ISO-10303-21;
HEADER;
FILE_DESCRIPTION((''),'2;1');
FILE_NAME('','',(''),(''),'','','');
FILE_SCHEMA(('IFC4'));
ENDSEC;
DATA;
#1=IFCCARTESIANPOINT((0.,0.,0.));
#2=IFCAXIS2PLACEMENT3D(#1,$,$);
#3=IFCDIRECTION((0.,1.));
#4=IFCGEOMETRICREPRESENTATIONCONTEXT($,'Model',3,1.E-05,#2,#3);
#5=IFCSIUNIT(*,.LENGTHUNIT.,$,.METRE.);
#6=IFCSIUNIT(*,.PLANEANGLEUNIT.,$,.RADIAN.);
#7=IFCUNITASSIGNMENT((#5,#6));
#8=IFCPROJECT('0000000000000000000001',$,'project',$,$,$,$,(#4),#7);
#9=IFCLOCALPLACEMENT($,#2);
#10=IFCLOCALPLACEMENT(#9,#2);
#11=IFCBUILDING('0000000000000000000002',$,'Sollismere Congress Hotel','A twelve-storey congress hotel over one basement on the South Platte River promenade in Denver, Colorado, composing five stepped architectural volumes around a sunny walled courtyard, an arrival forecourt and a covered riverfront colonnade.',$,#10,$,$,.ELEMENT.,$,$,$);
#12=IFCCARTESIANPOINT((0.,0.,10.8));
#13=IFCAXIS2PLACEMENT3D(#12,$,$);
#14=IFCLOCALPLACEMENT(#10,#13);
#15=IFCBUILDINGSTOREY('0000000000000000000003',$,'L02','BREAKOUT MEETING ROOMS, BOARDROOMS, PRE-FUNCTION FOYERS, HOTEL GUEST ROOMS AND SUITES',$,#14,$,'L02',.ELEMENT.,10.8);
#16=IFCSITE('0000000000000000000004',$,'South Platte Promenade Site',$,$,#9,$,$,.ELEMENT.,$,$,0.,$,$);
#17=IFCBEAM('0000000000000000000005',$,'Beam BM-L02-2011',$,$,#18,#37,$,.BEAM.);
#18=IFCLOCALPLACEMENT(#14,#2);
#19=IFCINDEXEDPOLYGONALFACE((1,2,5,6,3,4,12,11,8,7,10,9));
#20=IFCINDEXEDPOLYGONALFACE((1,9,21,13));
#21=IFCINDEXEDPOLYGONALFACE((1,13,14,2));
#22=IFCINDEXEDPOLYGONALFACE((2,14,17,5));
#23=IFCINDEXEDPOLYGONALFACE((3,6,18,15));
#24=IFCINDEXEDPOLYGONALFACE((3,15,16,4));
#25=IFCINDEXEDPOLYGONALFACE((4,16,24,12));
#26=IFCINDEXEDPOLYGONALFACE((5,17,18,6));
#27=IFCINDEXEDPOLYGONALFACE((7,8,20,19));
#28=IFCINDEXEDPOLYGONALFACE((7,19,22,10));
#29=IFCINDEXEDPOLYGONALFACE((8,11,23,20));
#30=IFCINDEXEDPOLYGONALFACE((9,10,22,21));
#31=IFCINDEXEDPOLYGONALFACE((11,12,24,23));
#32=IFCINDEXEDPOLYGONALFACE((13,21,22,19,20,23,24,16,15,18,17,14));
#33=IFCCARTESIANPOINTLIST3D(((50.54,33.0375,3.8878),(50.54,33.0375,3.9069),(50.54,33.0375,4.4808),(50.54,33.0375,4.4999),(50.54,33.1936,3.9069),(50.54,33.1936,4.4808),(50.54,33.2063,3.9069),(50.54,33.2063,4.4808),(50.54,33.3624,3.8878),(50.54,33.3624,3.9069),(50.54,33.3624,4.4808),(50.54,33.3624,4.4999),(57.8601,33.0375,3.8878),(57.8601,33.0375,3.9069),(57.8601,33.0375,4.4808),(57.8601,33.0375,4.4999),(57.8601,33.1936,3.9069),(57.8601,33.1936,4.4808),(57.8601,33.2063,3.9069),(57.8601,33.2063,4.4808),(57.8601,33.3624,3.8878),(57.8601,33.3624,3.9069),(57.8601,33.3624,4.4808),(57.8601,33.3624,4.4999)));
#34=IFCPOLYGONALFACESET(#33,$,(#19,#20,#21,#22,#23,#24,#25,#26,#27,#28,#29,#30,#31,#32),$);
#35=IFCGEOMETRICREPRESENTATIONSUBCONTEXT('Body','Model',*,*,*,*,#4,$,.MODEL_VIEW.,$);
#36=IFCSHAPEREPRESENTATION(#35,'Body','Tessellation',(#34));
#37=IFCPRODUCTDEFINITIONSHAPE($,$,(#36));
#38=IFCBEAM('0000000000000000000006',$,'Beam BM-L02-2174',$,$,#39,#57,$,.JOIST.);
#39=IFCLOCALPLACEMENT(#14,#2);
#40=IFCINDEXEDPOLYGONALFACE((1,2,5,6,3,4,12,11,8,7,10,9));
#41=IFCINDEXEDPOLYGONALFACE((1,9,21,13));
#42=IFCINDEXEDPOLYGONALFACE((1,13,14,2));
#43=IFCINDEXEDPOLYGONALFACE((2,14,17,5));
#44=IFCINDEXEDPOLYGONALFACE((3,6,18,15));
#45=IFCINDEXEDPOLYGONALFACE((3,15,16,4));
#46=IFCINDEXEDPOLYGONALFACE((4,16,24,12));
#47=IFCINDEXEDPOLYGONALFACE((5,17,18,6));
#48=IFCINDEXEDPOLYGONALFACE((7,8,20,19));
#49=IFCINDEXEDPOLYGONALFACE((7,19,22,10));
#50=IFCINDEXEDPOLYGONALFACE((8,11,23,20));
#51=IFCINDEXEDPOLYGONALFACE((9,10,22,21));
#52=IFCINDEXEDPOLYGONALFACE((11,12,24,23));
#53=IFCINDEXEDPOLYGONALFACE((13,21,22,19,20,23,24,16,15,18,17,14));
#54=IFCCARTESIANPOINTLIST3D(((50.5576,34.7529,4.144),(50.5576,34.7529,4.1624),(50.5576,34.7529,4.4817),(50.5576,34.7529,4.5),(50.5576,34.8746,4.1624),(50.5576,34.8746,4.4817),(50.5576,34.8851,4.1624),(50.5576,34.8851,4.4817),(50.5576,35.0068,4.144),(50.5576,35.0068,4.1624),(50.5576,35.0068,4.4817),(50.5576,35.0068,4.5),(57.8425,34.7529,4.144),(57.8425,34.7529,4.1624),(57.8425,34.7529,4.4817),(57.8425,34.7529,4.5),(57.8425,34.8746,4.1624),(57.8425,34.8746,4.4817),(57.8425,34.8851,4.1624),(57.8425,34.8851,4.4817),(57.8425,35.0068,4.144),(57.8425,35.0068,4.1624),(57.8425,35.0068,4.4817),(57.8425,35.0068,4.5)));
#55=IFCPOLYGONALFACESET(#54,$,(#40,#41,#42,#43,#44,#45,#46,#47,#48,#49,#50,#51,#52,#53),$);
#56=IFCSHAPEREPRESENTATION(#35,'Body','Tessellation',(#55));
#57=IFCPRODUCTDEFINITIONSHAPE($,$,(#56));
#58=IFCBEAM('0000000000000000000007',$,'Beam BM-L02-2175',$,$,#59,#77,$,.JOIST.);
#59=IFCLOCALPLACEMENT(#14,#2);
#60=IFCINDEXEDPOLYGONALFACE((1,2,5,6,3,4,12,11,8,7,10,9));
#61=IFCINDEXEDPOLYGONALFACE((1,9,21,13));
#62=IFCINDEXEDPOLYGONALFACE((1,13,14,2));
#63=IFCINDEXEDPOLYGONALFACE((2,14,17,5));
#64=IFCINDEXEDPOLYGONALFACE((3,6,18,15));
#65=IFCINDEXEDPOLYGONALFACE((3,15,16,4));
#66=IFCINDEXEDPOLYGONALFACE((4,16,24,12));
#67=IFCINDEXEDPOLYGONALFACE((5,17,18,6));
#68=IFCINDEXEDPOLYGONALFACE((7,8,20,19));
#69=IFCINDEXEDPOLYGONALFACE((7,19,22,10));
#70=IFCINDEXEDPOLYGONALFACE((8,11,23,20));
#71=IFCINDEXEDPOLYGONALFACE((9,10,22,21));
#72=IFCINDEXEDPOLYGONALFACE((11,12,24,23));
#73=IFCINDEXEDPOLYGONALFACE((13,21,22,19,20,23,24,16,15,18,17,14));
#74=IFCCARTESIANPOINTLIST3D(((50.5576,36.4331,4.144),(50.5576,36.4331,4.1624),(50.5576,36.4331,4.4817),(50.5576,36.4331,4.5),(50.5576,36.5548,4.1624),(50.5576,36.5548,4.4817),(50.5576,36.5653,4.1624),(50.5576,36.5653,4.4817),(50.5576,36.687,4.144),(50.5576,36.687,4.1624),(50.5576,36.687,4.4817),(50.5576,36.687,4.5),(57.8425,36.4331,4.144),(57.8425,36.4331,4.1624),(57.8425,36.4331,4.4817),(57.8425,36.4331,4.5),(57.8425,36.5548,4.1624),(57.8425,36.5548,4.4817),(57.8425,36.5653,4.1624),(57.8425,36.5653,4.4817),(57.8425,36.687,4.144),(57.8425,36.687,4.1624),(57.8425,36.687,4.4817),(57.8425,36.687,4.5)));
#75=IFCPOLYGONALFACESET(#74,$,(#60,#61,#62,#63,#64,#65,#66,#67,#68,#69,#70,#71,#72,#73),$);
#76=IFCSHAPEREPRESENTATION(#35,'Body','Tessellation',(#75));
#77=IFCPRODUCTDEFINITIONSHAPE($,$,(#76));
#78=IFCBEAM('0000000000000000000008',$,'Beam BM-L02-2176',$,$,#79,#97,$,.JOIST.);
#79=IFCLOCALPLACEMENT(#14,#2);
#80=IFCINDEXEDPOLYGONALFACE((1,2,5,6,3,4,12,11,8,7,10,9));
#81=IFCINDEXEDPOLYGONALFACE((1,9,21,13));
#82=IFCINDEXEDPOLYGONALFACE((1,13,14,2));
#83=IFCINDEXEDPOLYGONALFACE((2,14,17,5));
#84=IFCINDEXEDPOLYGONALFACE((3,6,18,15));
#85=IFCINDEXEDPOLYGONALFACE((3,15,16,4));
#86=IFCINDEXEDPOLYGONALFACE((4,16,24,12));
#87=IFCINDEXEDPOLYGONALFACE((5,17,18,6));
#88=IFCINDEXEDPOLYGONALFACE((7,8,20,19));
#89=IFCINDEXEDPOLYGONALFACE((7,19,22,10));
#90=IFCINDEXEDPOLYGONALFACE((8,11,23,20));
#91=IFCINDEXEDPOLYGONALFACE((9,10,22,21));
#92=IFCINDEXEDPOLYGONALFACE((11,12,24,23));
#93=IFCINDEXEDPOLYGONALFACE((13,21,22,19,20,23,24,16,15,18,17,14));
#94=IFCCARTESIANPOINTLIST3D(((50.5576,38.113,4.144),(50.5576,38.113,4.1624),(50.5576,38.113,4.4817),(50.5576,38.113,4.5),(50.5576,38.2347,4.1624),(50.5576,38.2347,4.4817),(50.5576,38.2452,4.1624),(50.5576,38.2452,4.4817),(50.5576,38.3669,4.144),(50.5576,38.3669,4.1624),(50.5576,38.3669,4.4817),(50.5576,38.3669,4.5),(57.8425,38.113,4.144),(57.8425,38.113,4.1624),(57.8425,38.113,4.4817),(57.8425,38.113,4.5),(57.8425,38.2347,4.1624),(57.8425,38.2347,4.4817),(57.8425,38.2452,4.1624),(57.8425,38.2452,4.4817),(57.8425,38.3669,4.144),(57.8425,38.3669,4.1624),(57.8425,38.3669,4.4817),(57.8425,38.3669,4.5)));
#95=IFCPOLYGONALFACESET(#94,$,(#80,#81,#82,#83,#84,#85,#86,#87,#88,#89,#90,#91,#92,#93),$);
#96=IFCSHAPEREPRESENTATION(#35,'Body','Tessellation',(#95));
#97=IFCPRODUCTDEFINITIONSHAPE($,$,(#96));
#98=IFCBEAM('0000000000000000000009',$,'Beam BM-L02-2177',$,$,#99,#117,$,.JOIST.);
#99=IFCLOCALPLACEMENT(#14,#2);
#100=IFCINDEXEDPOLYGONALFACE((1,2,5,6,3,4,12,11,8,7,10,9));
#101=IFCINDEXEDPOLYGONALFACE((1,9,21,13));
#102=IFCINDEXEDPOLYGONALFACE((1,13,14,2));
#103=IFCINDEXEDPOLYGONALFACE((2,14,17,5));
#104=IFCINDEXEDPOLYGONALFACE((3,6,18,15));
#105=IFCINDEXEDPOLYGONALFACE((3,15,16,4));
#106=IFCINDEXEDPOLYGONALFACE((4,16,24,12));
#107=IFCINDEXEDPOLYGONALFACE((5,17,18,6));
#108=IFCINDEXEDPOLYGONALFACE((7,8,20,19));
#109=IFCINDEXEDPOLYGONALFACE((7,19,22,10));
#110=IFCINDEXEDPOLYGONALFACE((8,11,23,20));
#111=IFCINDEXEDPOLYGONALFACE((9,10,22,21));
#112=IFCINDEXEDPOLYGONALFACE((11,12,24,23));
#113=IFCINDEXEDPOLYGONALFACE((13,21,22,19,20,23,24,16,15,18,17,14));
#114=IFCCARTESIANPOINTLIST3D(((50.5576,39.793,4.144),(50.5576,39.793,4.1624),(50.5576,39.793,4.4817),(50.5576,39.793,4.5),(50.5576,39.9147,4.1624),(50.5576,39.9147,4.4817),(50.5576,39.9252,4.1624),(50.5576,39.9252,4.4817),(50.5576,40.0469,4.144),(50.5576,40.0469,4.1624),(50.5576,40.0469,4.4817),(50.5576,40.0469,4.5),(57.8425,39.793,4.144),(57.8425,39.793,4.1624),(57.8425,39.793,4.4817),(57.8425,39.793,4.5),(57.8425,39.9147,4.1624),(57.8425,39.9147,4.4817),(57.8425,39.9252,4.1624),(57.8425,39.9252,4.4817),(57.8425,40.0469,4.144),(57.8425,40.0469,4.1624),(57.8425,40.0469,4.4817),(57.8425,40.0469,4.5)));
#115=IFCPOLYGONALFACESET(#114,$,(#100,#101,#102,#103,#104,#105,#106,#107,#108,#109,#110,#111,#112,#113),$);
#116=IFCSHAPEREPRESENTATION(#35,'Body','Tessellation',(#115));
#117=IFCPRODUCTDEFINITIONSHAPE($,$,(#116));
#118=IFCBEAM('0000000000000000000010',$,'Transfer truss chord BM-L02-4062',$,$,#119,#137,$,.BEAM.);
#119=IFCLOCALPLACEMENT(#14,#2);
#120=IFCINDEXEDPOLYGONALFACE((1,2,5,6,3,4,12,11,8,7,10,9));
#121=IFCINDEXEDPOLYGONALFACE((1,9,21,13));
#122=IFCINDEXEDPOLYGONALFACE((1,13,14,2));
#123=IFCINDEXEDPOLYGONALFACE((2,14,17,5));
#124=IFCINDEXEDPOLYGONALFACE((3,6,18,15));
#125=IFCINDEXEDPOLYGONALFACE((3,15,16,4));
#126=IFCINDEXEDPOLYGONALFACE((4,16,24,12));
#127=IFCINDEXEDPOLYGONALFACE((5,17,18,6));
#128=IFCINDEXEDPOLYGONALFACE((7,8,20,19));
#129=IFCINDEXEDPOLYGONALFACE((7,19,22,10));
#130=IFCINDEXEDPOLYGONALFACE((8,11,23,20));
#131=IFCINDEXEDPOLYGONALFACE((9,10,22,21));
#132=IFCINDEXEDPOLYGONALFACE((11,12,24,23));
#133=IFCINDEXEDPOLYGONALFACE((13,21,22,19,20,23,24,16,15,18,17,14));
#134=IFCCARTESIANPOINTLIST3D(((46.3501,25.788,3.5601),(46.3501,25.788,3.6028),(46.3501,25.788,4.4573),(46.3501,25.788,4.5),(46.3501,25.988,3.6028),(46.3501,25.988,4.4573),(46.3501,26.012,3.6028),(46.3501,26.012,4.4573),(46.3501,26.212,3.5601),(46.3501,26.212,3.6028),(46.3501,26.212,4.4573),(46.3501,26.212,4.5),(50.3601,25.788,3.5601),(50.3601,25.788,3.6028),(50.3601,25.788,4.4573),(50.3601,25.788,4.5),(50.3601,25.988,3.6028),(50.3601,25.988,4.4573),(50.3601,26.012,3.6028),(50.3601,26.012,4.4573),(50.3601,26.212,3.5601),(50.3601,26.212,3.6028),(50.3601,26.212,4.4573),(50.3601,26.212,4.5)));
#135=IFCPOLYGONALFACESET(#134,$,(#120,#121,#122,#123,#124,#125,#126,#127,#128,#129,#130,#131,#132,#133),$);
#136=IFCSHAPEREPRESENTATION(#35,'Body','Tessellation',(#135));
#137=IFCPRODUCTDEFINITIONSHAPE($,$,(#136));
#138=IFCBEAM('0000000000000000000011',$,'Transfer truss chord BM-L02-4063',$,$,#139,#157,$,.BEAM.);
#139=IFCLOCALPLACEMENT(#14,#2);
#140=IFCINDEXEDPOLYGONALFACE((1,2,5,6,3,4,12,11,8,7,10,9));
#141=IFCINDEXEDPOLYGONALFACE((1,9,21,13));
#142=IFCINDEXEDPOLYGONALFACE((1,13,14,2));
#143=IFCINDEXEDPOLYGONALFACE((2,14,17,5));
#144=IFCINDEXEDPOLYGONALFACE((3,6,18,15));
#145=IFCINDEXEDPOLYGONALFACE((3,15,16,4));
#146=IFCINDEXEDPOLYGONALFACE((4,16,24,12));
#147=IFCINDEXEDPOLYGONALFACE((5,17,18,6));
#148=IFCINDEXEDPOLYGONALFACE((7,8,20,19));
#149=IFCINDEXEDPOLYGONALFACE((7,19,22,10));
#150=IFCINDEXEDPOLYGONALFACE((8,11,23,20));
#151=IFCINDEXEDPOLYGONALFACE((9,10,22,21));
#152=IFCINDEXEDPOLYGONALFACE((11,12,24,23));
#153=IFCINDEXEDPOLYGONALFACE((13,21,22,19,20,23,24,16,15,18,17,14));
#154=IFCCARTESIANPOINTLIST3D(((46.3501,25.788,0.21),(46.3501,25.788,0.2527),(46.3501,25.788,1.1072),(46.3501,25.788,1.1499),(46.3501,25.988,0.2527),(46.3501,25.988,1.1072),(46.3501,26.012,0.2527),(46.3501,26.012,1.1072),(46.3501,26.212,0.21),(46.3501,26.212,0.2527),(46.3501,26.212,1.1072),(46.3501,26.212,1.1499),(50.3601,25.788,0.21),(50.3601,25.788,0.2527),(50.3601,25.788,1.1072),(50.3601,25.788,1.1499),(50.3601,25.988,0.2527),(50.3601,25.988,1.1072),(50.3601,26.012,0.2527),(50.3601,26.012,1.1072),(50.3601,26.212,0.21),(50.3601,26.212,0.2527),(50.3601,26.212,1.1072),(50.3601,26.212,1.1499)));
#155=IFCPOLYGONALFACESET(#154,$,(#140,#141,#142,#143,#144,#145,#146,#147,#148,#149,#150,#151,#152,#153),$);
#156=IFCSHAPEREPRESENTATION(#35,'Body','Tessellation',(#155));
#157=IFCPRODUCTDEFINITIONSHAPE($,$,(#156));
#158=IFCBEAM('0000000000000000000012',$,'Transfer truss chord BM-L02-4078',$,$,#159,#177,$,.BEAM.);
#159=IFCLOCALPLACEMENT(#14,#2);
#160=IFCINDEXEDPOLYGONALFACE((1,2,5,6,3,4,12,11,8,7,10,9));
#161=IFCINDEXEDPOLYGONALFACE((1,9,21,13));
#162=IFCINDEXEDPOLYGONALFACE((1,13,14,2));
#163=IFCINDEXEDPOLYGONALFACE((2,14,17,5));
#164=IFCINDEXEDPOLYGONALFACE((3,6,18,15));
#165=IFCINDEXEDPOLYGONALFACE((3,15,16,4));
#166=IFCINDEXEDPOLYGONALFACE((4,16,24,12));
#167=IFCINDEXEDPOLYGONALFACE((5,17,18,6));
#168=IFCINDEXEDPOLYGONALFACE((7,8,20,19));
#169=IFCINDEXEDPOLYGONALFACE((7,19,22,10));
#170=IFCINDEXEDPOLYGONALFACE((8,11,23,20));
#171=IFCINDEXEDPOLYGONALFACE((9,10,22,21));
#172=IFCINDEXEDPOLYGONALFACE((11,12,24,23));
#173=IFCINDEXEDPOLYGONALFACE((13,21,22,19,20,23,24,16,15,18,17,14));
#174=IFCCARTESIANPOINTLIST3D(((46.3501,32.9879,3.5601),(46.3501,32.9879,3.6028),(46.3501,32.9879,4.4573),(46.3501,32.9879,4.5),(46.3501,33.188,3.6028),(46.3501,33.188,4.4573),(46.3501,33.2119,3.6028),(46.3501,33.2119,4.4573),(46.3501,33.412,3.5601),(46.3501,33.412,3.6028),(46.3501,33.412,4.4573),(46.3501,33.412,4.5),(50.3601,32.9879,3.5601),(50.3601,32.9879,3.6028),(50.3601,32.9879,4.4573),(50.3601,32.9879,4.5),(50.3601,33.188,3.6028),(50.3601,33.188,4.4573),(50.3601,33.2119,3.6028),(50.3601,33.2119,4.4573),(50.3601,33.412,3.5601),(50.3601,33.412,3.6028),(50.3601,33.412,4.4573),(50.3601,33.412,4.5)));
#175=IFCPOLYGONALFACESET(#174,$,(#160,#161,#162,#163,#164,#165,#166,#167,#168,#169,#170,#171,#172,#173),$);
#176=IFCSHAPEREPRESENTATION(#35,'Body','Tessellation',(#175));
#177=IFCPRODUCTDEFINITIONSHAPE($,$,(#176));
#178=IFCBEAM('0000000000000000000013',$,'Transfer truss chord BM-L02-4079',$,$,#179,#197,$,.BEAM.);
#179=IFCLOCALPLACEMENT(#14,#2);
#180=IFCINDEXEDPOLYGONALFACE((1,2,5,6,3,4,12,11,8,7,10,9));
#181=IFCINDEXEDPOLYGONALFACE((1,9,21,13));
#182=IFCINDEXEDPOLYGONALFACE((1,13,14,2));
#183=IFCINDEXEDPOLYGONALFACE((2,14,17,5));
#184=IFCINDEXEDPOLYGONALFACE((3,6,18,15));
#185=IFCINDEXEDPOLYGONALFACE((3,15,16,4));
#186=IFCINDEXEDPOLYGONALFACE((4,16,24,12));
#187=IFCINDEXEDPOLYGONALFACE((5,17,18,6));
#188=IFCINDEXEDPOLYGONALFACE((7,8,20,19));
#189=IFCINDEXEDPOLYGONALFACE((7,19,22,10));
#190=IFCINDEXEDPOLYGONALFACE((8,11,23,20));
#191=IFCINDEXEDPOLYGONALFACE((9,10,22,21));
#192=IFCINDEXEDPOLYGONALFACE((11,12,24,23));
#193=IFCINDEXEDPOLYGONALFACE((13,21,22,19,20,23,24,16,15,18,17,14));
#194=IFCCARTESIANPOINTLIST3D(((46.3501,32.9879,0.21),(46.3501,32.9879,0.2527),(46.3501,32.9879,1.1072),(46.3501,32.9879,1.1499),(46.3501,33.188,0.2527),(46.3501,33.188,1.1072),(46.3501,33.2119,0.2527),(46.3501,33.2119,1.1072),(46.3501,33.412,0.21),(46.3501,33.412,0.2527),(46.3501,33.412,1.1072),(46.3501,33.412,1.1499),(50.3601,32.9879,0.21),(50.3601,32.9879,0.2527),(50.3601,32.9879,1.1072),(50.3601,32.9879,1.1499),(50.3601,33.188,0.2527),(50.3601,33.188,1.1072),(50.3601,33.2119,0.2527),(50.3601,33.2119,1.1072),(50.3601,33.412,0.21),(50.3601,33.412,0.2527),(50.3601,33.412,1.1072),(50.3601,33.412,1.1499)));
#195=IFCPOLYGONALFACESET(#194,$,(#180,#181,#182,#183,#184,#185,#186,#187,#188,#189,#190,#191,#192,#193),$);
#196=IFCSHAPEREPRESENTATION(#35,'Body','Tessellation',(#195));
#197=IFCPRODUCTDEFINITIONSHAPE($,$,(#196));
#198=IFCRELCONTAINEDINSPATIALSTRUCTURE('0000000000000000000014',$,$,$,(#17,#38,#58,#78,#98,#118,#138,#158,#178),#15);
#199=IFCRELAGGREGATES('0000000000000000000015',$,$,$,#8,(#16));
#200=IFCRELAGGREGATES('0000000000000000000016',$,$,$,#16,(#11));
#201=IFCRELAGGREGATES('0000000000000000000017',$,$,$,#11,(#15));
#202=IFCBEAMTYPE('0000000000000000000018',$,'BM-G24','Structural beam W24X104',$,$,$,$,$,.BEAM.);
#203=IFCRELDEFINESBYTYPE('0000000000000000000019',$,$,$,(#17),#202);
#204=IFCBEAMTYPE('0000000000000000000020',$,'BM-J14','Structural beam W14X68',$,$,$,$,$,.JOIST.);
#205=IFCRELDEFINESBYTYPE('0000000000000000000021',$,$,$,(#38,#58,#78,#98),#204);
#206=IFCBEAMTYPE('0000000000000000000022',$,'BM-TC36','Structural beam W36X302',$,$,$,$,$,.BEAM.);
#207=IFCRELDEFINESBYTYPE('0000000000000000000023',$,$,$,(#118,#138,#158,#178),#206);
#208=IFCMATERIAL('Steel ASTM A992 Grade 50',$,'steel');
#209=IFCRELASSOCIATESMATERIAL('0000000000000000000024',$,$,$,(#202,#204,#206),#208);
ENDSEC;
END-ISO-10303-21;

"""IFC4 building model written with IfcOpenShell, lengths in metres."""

from ifc_helpers import new_model, si_unit, direction, frame, origin, origin_2d, place, context, subcontext, project, spatial, i_section, extrude, material, material_profile, profile_set, type_object, element, save


model = new_model("IFC4")

# Units and contexts
model_context = context("Model", 3, precision=1e-05, world=origin(), true_north=direction((0.0, 1.0)))
body_context = subcontext(model_context, "Body", "Model", "MODEL_VIEW")
ifc_project = project(units=[si_unit("LENGTHUNIT", "METRE"), si_unit("PLANEANGLEUNIT", "RADIAN")], contexts=[model_context])

# Site, building, storey
site_placement = place(None, origin())
site = spatial("IfcSite", under=ifc_project, at=site_placement, Name="South Platte Promenade Site", CompositionType="ELEMENT", RefElevation=0.0)
building_placement = place(site_placement, origin())
building = spatial("IfcBuilding", under=site, at=building_placement, Name="Sollismere Congress Hotel", Description="A twelve-storey congress hotel over one basement on the South Platte River promenade in Denver, Colorado, composing five stepped architectural volumes around a sunny walled courtyard, an arrival forecourt and a covered riverfront colonnade.", CompositionType="ELEMENT")
storey_placement = place(building_placement, frame((0.0, 0.0, 10.8)))
storey = spatial("IfcBuildingStorey", under=building, at=storey_placement, Name="L02", Description="BREAKOUT MEETING ROOMS, BOARDROOMS, PRE-FUNCTION FOYERS, HOTEL GUEST ROOMS AND SUITES", LongName="L02", CompositionType="ELEMENT", Elevation=10.8)

# Shared definitions
ifc_material_1 = material(Name="Steel ASTM A992 Grade 50", Category="steel")

# Beams
ifc_material_profile_1 = material_profile(ifc_material_1, i_section(OverallWidth=0.325, OverallDepth=0.6121, WebThickness=0.0127, FlangeThickness=0.019, at=origin_2d()), Name="W24X104")
ifc_profile_set_1 = profile_set([ifc_material_profile_1], Name="Steel ASTM A992 Grade 50")
beam_type_1 = type_object("IfcBeamType", Name="BM-G24", Description="Structural beam W24X104", PredefinedType="BEAM", material=ifc_profile_set_1)
beam_1_placement = place(storey_placement, frame((50.54, 33.2, 4.1938), z_axis=(1.0, 0.0, 0.0), x_axis=(0.0, 1.0, 0.0)))
element("IfcBeam", 1, at=beam_1_placement, inside=storey, type_object=beam_type_1, Name="Beam BM-L02-2011", PredefinedType="BEAM", context=body_context, shape_type="SweptSolid", body=[
    extrude(i_section(OverallWidth=0.325, OverallDepth=0.6121, WebThickness=0.0127, FlangeThickness=0.019, at=origin_2d()), origin(), (0.0, 0.0, 1.0), 7.3201),
])
ifc_material_profile_2 = material_profile(ifc_material_1, i_section(OverallWidth=0.2539, OverallDepth=0.356, WebThickness=0.0105, FlangeThickness=0.0183, at=origin_2d()), Name="W14X68")
ifc_profile_set_2 = profile_set([ifc_material_profile_2], Name="Steel ASTM A992 Grade 50")
beam_type_2 = type_object("IfcBeamType", Name="BM-J14", Description="Structural beam W14X68", PredefinedType="JOIST", material=ifc_profile_set_2)
for number, where, z_axis, x_axis, name in (
    (2, (50.5576, 34.8799, 4.322), (1.0, 0.0, 0.0), (0.0, 1.0, 0.0), "Beam BM-L02-2174"),
    (3, (50.5576, 36.5601, 4.322), (1.0, 0.0, 0.0), (0.0, 1.0, 0.0), "Beam BM-L02-2175"),
    (4, (50.5576, 38.24, 4.322), (1.0, 0.0, 0.0), (0.0, 1.0, 0.0), "Beam BM-L02-2176"),
    (5, (50.5576, 39.9199, 4.322), (1.0, 0.0, 0.0), (0.0, 1.0, 0.0), "Beam BM-L02-2177"),
):
    element("IfcBeam", number, at=place(storey_placement, frame(where, z_axis=z_axis, x_axis=x_axis)), inside=storey, type_object=beam_type_2, Name=name, PredefinedType="JOIST", context=body_context, shape_type="SweptSolid", body=[
        extrude(i_section(OverallWidth=0.2539, OverallDepth=0.356, WebThickness=0.0105, FlangeThickness=0.0183, at=origin_2d()), origin(), (0.0, 0.0, 1.0), 7.2849),
    ])
ifc_material_profile_3 = material_profile(ifc_material_1, i_section(OverallWidth=0.4241, OverallDepth=0.9399, WebThickness=0.0239, FlangeThickness=0.0427, at=origin_2d()), Name="W36X302")
ifc_profile_set_3 = profile_set([ifc_material_profile_3], Name="Steel ASTM A992 Grade 50")
beam_type_3 = type_object("IfcBeamType", Name="BM-TC36", Description="Structural beam W36X302", PredefinedType="BEAM", material=ifc_profile_set_3)
for number, where, z_axis, x_axis, name in (
    (6, (46.3501, 26.0, 4.03), (1.0, 0.0, 0.0), (0.0, 1.0, 0.0), "Transfer truss chord BM-L02-4062"),
    (7, (46.3501, 26.0, 0.6799), (1.0, 0.0, 0.0), (0.0, 1.0, 0.0), "Transfer truss chord BM-L02-4063"),
    (8, (46.3501, 33.2, 4.03), (1.0, 0.0, 0.0), (0.0, 1.0, 0.0), "Transfer truss chord BM-L02-4078"),
    (9, (46.3501, 33.2, 0.6799), (1.0, 0.0, 0.0), (0.0, 1.0, 0.0), "Transfer truss chord BM-L02-4079"),
):
    element("IfcBeam", number, at=place(storey_placement, frame(where, z_axis=z_axis, x_axis=x_axis)), inside=storey, type_object=beam_type_3, Name=name, PredefinedType="BEAM", context=body_context, shape_type="SweptSolid", body=[
        extrude(i_section(OverallWidth=0.4241, OverallDepth=0.9399, WebThickness=0.0239, FlangeThickness=0.0427, at=origin_2d()), origin(), (0.0, 0.0, 1.0), 4.01),
    ])

save(model, "model.ifc")
